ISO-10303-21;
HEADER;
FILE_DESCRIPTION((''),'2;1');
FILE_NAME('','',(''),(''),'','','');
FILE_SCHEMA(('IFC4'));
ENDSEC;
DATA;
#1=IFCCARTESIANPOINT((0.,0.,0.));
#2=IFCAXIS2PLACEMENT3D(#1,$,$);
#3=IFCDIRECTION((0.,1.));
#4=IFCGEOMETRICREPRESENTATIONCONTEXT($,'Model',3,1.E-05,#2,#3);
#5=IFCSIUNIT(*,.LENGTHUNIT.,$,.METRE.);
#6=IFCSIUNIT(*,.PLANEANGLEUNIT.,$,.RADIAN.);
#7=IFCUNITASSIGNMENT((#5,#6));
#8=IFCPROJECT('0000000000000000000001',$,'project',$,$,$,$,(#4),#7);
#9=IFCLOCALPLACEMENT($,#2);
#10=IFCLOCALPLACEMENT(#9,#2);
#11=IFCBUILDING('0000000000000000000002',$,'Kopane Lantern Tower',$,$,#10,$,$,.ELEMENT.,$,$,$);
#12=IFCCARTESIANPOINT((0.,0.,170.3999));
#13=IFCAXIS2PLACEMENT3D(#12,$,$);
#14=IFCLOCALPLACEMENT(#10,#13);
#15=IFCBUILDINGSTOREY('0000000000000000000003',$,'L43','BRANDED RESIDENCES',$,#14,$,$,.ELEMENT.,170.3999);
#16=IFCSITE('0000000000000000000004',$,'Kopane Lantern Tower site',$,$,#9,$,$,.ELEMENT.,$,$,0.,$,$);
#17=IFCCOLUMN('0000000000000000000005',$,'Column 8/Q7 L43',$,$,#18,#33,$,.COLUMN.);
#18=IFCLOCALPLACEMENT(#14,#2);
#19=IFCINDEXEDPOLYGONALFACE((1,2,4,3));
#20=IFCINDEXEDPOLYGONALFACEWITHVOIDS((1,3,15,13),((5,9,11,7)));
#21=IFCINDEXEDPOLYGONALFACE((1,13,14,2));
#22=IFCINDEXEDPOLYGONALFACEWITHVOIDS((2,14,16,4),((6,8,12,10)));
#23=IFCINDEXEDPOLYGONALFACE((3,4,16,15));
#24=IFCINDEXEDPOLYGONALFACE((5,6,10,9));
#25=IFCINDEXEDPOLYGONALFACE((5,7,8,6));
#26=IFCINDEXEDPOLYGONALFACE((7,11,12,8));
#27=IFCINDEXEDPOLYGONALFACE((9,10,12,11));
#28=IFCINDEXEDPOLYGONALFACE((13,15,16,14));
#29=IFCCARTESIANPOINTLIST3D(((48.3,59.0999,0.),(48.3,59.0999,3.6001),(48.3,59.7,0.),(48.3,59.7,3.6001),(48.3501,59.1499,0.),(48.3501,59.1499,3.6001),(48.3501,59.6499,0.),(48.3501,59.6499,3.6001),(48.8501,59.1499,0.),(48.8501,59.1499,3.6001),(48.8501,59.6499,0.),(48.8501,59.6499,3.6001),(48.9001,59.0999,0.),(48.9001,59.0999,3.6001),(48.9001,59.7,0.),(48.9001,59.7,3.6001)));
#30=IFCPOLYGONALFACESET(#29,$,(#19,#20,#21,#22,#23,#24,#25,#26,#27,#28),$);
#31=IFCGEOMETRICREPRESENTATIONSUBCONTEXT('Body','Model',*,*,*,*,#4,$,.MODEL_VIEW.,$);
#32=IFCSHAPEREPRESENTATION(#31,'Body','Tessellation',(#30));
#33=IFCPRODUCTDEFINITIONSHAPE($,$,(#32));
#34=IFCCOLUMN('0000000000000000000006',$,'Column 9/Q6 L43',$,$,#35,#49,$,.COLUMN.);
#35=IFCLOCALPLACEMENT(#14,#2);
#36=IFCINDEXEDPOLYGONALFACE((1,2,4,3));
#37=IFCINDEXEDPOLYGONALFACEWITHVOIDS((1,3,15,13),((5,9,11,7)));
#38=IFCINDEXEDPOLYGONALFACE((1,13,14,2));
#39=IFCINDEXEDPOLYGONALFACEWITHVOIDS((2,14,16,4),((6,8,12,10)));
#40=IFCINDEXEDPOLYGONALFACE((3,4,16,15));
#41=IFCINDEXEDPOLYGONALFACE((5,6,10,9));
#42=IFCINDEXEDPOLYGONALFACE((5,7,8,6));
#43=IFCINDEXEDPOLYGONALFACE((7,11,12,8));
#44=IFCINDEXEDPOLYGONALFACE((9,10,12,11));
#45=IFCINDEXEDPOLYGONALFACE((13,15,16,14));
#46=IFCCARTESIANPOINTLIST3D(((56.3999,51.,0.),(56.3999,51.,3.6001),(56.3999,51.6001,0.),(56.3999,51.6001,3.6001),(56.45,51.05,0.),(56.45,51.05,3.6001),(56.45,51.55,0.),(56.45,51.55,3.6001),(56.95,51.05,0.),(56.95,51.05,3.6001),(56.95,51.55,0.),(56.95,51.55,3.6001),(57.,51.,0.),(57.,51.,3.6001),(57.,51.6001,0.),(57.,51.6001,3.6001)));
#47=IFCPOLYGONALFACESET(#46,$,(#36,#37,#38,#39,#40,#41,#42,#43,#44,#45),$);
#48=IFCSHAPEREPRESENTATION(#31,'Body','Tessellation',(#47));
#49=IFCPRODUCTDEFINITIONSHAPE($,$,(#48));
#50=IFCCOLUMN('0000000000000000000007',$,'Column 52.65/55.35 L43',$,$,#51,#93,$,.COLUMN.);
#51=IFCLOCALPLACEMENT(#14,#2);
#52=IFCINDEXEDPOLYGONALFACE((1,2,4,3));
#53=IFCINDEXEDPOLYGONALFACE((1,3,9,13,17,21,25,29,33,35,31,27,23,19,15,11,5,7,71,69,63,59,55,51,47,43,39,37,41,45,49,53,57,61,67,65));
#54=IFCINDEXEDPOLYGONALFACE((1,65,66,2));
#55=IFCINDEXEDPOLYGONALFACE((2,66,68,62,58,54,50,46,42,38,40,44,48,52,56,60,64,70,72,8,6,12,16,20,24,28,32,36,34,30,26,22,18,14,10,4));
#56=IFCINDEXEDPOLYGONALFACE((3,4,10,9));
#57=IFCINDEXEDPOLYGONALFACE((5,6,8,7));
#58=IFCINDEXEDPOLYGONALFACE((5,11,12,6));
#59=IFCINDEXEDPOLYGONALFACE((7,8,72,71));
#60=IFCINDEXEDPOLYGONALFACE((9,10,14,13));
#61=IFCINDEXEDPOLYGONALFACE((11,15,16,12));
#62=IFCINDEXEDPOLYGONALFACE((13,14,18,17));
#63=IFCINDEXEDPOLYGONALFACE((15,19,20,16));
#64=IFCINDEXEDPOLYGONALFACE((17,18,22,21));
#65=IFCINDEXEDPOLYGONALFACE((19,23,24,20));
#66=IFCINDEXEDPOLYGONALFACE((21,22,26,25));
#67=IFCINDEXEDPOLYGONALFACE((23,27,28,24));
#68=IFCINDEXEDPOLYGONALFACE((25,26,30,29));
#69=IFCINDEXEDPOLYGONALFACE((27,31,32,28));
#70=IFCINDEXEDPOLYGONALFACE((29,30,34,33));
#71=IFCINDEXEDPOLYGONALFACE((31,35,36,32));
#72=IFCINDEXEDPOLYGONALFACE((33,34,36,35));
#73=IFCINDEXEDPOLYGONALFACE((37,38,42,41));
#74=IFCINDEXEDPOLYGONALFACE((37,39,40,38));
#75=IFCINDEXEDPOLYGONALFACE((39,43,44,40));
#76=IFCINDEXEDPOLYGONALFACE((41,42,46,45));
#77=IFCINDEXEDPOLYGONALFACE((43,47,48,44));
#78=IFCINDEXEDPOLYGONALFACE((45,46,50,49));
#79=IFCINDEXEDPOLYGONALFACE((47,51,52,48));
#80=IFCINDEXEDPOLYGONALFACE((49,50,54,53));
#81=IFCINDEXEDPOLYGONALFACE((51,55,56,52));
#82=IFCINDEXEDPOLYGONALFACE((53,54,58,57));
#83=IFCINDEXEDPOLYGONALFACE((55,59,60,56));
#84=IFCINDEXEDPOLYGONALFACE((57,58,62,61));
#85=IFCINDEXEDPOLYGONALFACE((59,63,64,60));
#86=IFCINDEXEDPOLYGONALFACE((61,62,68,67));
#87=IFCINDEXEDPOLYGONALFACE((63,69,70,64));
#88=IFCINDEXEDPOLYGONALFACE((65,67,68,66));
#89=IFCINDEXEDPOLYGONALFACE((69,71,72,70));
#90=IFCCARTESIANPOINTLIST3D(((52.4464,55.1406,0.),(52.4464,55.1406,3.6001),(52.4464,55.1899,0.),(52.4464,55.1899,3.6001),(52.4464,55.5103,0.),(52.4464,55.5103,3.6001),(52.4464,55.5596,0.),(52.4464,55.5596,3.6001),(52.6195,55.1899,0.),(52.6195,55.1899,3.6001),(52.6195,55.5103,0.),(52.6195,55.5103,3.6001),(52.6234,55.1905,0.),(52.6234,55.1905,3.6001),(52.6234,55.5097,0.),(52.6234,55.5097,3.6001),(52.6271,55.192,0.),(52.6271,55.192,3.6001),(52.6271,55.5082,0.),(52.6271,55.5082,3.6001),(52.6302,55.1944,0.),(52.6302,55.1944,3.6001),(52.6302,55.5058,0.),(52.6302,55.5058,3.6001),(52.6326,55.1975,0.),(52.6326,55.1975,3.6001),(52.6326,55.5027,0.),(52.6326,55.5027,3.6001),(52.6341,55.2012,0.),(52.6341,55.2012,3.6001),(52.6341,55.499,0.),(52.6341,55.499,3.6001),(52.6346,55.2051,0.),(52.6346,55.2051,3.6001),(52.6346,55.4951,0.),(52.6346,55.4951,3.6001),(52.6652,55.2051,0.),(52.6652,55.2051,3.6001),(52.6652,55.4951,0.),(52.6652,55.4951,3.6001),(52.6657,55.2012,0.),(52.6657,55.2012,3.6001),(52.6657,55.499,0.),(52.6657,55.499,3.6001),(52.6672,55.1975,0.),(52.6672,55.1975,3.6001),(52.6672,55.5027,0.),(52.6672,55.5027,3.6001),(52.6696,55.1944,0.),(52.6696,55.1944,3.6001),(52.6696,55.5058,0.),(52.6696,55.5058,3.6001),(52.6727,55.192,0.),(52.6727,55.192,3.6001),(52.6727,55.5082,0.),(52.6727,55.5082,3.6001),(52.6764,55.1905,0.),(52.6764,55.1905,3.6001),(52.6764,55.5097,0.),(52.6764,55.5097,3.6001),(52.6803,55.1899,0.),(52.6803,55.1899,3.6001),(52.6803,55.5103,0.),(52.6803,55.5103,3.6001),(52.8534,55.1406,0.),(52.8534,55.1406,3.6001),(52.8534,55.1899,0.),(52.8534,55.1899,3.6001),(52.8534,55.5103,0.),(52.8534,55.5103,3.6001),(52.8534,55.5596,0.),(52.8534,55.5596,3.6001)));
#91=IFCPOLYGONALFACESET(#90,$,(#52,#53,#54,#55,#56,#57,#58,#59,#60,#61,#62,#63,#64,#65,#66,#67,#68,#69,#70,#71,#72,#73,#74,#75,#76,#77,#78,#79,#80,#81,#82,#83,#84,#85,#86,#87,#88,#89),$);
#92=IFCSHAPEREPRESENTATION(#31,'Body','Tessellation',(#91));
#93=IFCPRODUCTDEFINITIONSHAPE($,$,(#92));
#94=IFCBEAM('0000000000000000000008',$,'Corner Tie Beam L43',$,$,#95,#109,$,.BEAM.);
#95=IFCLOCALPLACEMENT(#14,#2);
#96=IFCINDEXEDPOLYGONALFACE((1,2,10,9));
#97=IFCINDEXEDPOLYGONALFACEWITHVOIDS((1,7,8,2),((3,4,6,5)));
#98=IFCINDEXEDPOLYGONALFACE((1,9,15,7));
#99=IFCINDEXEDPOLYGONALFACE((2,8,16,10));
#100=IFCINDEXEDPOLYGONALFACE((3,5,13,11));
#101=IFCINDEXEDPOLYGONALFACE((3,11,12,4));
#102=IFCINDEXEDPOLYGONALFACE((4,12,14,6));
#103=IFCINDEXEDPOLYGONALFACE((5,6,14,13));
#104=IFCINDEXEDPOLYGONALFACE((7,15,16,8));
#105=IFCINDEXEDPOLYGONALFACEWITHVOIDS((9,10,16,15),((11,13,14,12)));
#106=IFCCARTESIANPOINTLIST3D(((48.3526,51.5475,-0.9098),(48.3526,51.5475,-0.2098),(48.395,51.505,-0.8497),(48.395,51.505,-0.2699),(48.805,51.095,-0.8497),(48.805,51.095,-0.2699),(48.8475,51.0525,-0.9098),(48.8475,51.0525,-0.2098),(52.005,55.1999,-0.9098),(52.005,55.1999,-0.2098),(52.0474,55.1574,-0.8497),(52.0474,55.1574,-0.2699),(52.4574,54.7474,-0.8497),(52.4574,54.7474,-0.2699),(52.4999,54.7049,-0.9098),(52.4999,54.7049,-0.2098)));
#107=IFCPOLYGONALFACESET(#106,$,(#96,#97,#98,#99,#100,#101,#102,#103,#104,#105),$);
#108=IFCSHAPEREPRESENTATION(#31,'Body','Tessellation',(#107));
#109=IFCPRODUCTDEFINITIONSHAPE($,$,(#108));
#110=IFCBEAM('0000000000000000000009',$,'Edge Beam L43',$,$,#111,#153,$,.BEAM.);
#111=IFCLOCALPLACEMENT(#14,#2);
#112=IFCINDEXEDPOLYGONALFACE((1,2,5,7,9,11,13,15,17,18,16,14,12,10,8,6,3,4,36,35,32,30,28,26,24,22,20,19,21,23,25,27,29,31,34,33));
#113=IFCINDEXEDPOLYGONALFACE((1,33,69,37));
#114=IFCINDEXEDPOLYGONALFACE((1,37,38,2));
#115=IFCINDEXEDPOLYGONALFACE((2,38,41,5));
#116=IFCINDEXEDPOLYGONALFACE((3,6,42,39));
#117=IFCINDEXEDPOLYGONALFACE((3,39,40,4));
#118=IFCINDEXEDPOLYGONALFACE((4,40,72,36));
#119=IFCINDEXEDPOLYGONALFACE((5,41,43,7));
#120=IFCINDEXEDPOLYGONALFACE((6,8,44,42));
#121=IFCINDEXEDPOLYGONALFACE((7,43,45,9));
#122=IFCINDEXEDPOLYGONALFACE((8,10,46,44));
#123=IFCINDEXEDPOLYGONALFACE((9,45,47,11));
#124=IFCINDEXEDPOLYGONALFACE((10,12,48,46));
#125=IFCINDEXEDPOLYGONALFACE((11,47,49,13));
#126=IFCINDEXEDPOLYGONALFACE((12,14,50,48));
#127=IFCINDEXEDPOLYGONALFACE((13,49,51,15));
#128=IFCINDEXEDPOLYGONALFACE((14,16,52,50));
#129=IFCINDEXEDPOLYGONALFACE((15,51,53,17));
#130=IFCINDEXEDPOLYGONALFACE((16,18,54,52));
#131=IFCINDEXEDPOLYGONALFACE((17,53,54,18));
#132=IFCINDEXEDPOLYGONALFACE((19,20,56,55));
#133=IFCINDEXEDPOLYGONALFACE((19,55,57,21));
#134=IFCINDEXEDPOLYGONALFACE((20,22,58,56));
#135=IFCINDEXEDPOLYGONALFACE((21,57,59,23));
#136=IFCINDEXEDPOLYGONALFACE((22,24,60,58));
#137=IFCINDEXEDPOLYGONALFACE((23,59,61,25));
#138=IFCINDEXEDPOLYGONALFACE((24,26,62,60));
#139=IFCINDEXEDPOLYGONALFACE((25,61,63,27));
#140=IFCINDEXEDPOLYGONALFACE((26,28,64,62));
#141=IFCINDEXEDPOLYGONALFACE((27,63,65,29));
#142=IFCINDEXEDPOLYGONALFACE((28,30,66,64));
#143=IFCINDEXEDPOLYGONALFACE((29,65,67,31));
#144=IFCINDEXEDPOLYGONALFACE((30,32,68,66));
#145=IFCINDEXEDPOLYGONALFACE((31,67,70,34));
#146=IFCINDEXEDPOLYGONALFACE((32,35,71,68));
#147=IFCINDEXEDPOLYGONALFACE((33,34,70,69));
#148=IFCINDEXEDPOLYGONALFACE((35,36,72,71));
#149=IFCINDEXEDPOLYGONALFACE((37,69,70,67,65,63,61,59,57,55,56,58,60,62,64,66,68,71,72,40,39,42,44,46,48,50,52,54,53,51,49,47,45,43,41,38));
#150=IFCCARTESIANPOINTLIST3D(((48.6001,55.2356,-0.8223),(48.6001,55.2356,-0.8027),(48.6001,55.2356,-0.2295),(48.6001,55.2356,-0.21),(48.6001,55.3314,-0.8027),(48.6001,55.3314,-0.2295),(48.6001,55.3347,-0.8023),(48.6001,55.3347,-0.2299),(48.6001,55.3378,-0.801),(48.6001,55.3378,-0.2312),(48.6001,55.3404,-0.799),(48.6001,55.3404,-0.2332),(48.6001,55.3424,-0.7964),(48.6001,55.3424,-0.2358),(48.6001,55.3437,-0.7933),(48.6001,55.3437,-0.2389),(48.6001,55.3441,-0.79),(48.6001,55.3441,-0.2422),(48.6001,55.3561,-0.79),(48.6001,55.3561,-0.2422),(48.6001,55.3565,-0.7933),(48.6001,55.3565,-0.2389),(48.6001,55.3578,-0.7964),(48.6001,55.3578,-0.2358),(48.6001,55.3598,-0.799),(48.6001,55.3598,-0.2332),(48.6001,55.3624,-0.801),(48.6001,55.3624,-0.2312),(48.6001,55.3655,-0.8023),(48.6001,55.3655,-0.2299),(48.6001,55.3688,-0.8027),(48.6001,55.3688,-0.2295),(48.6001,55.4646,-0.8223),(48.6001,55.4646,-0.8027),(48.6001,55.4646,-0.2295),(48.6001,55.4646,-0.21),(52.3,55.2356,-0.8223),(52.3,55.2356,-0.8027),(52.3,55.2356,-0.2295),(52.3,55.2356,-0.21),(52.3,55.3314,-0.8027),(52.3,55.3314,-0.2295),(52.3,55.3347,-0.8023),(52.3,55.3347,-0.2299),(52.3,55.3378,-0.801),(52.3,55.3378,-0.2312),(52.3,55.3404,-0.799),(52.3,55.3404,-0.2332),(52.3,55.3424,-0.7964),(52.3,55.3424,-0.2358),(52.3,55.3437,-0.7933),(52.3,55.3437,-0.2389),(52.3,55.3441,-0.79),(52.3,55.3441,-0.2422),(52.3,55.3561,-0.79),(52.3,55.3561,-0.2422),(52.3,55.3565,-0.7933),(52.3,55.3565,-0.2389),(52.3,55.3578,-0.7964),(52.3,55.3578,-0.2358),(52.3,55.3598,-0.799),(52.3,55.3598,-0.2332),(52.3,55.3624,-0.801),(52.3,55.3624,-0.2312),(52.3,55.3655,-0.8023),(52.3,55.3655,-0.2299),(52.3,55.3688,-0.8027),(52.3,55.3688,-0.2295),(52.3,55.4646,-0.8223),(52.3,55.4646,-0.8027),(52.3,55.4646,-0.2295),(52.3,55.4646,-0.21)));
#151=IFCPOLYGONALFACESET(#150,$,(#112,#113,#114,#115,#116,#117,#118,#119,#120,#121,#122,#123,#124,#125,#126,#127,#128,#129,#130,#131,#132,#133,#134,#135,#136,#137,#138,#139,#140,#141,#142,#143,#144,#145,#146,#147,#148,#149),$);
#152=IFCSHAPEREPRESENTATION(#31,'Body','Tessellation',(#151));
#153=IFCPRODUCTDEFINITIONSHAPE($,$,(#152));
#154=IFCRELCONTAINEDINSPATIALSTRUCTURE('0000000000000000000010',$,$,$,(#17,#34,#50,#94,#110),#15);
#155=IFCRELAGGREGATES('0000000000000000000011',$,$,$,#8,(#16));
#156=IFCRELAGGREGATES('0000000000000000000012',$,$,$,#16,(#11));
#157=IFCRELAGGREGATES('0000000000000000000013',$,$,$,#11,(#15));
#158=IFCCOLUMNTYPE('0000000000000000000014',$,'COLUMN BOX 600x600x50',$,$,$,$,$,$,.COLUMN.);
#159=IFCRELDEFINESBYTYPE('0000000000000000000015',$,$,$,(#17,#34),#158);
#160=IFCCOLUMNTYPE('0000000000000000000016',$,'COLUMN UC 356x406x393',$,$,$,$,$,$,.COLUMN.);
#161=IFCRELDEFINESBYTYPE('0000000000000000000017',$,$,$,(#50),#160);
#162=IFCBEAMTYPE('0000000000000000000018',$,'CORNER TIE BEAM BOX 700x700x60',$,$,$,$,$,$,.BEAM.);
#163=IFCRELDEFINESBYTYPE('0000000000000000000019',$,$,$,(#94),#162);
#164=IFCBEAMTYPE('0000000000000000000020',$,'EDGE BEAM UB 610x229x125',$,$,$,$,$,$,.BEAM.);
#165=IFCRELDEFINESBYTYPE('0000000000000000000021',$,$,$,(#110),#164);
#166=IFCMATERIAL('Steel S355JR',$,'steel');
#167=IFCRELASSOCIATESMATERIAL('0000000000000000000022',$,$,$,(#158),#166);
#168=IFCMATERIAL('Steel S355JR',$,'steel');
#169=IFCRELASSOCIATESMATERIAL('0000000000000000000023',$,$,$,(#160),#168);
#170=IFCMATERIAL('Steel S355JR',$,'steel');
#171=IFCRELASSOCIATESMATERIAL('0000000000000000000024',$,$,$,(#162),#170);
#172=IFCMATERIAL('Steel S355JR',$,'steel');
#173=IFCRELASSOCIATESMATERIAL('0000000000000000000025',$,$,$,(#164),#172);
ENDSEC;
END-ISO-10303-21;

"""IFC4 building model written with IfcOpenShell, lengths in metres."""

from ifc_helpers import new_model, si_unit, direction, frame, origin, origin_2d, place, context, subcontext, project, spatial, hollow_rectangle, i_section, extrude, material, material_profile, profile_set, type_object, element, save


model = new_model("IFC4")

# Units and contexts
model_context = context("Model", 3, precision=1e-05, world=origin(), true_north=direction((0.0, 1.0)))
body_context = subcontext(model_context, "Body", "Model", "MODEL_VIEW")
ifc_project = project(units=[si_unit("LENGTHUNIT", "METRE"), si_unit("PLANEANGLEUNIT", "RADIAN")], contexts=[model_context])

# Site, building, storey
site_placement = place(None, origin())
site = spatial("IfcSite", under=ifc_project, at=site_placement, Name="Kopane Lantern Tower site", CompositionType="ELEMENT", RefElevation=0.0)
building_placement = place(site_placement, origin())
building = spatial("IfcBuilding", under=site, at=building_placement, Name="Kopane Lantern Tower", CompositionType="ELEMENT")
storey_placement = place(building_placement, frame((0.0, 0.0, 170.3999)))
storey = spatial("IfcBuildingStorey", under=building, at=storey_placement, Name="L43", Description="BRANDED RESIDENCES", CompositionType="ELEMENT", Elevation=170.3999)

# Columns
ifc_material_1 = material(Name="Steel S355JR", Category="steel")
ifc_material_profile_1 = material_profile(ifc_material_1, hollow_rectangle(XDim=0.6001, YDim=0.6001, WallThickness=0.05, at=origin_2d()), Name="BOX 600x600x50")
ifc_profile_set_1 = profile_set([ifc_material_profile_1], Name="Steel S355JR")
column_type_1 = type_object("IfcColumnType", Name="COLUMN BOX 600x600x50", PredefinedType="COLUMN", material=ifc_profile_set_1)
for number, where, z_axis, x_axis, name in (
    (1, (48.6001, 59.3999, 0.0), (0.0, 0.0, 1.0), (1.0, 0.0, 0.0), "Column 8/Q7 L43"),
    (2, (56.7, 51.3, 0.0), (0.0, 0.0, 1.0), (1.0, 0.0, 0.0), "Column 9/Q6 L43"),
):
    element("IfcColumn", number, at=place(storey_placement, frame(where, z_axis=z_axis, x_axis=x_axis)), inside=storey, type_object=column_type_1, Name=name, PredefinedType="COLUMN", context=body_context, shape_type="SweptSolid", body=[
        extrude(hollow_rectangle(XDim=0.6001, YDim=0.6001, WallThickness=0.05, at=origin_2d()), origin(), (0.0, 0.0, 1.0), 3.6001),
    ])
ifc_material_2 = material(Name="Steel S355JR", Category="steel")
ifc_material_profile_2 = material_profile(ifc_material_2, i_section(OverallWidth=0.407, OverallDepth=0.4189, WebThickness=0.0305, FlangeThickness=0.0493, FilletRadius=0.0151, at=origin_2d()), Name="UC 356x406x393")
ifc_profile_set_2 = profile_set([ifc_material_profile_2], Name="Steel S355JR")
column_type_2 = type_object("IfcColumnType", Name="COLUMN UC 356x406x393", PredefinedType="COLUMN", material=ifc_profile_set_2)
column_placement = place(storey_placement, frame((52.6499, 55.3501, 0.0), z_axis=(0.0, 0.0, 1.0), x_axis=(1.0, 0.0, 0.0)))
element("IfcColumn", 3, at=column_placement, inside=storey, type_object=column_type_2, Name="Column 52.65/55.35 L43", PredefinedType="COLUMN", context=body_context, shape_type="SweptSolid", body=[
    extrude(i_section(OverallWidth=0.407, OverallDepth=0.4189, WebThickness=0.0305, FlangeThickness=0.0493, FilletRadius=0.0151, at=origin_2d()), origin(), (0.0, 0.0, 1.0), 3.6001),
])

# Beams
ifc_material_3 = material(Name="Steel S355JR", Category="steel")
ifc_material_profile_3 = material_profile(ifc_material_3, hollow_rectangle(XDim=0.7, YDim=0.7, WallThickness=0.0601, at=origin_2d()), Name="BOX 700x700x60")
ifc_profile_set_3 = profile_set([ifc_material_profile_3], Name="Steel S355JR")
beam_type_1 = type_object("IfcBeamType", Name="CORNER TIE BEAM BOX 700x700x60", PredefinedType="BEAM", material=ifc_profile_set_3)
beam_placement = place(storey_placement, frame((52.2524, 54.9524, -0.5598), z_axis=(-0.707107, -0.707107, 0.0), x_axis=(0.707107, -0.707107, 0.0)))
element("IfcBeam", 4, at=beam_placement, inside=storey, type_object=beam_type_1, Name="Corner Tie Beam L43", PredefinedType="BEAM", context=body_context, shape_type="SweptSolid", body=[
    extrude(hollow_rectangle(XDim=0.7, YDim=0.7, WallThickness=0.0601, at=origin_2d()), origin(), (0.0, 0.0, 1.0), 5.1653),
])
ifc_material_4 = material(Name="Steel S355JR", Category="steel")
ifc_material_profile_4 = material_profile(ifc_material_4, i_section(OverallWidth=0.229, OverallDepth=0.6123, WebThickness=0.012, FlangeThickness=0.0195, FilletRadius=0.0127, at=origin_2d()), Name="UB 610x229x125")
ifc_profile_set_4 = profile_set([ifc_material_profile_4], Name="Steel S355JR")
beam_type_2 = type_object("IfcBeamType", Name="EDGE BEAM UB 610x229x125", PredefinedType="BEAM", material=ifc_profile_set_4)
for number, where, z_axis, x_axis, name in (
    (5, (52.3, 55.3501, -0.5161), (-1.0, 0.0, 0.0), (0.0, -1.0, 0.0), "Edge Beam L43"),
):
    element("IfcBeam", number, at=place(storey_placement, frame(where, z_axis=z_axis, x_axis=x_axis)), inside=storey, type_object=beam_type_2, Name=name, PredefinedType="BEAM", context=body_context, shape_type="SweptSolid", body=[
        extrude(i_section(OverallWidth=0.229, OverallDepth=0.6123, WebThickness=0.012, FlangeThickness=0.0195, FilletRadius=0.0127, at=origin_2d()), origin(), (0.0, 0.0, 1.0), 3.7),
    ])

save(model, "model.ifc")
